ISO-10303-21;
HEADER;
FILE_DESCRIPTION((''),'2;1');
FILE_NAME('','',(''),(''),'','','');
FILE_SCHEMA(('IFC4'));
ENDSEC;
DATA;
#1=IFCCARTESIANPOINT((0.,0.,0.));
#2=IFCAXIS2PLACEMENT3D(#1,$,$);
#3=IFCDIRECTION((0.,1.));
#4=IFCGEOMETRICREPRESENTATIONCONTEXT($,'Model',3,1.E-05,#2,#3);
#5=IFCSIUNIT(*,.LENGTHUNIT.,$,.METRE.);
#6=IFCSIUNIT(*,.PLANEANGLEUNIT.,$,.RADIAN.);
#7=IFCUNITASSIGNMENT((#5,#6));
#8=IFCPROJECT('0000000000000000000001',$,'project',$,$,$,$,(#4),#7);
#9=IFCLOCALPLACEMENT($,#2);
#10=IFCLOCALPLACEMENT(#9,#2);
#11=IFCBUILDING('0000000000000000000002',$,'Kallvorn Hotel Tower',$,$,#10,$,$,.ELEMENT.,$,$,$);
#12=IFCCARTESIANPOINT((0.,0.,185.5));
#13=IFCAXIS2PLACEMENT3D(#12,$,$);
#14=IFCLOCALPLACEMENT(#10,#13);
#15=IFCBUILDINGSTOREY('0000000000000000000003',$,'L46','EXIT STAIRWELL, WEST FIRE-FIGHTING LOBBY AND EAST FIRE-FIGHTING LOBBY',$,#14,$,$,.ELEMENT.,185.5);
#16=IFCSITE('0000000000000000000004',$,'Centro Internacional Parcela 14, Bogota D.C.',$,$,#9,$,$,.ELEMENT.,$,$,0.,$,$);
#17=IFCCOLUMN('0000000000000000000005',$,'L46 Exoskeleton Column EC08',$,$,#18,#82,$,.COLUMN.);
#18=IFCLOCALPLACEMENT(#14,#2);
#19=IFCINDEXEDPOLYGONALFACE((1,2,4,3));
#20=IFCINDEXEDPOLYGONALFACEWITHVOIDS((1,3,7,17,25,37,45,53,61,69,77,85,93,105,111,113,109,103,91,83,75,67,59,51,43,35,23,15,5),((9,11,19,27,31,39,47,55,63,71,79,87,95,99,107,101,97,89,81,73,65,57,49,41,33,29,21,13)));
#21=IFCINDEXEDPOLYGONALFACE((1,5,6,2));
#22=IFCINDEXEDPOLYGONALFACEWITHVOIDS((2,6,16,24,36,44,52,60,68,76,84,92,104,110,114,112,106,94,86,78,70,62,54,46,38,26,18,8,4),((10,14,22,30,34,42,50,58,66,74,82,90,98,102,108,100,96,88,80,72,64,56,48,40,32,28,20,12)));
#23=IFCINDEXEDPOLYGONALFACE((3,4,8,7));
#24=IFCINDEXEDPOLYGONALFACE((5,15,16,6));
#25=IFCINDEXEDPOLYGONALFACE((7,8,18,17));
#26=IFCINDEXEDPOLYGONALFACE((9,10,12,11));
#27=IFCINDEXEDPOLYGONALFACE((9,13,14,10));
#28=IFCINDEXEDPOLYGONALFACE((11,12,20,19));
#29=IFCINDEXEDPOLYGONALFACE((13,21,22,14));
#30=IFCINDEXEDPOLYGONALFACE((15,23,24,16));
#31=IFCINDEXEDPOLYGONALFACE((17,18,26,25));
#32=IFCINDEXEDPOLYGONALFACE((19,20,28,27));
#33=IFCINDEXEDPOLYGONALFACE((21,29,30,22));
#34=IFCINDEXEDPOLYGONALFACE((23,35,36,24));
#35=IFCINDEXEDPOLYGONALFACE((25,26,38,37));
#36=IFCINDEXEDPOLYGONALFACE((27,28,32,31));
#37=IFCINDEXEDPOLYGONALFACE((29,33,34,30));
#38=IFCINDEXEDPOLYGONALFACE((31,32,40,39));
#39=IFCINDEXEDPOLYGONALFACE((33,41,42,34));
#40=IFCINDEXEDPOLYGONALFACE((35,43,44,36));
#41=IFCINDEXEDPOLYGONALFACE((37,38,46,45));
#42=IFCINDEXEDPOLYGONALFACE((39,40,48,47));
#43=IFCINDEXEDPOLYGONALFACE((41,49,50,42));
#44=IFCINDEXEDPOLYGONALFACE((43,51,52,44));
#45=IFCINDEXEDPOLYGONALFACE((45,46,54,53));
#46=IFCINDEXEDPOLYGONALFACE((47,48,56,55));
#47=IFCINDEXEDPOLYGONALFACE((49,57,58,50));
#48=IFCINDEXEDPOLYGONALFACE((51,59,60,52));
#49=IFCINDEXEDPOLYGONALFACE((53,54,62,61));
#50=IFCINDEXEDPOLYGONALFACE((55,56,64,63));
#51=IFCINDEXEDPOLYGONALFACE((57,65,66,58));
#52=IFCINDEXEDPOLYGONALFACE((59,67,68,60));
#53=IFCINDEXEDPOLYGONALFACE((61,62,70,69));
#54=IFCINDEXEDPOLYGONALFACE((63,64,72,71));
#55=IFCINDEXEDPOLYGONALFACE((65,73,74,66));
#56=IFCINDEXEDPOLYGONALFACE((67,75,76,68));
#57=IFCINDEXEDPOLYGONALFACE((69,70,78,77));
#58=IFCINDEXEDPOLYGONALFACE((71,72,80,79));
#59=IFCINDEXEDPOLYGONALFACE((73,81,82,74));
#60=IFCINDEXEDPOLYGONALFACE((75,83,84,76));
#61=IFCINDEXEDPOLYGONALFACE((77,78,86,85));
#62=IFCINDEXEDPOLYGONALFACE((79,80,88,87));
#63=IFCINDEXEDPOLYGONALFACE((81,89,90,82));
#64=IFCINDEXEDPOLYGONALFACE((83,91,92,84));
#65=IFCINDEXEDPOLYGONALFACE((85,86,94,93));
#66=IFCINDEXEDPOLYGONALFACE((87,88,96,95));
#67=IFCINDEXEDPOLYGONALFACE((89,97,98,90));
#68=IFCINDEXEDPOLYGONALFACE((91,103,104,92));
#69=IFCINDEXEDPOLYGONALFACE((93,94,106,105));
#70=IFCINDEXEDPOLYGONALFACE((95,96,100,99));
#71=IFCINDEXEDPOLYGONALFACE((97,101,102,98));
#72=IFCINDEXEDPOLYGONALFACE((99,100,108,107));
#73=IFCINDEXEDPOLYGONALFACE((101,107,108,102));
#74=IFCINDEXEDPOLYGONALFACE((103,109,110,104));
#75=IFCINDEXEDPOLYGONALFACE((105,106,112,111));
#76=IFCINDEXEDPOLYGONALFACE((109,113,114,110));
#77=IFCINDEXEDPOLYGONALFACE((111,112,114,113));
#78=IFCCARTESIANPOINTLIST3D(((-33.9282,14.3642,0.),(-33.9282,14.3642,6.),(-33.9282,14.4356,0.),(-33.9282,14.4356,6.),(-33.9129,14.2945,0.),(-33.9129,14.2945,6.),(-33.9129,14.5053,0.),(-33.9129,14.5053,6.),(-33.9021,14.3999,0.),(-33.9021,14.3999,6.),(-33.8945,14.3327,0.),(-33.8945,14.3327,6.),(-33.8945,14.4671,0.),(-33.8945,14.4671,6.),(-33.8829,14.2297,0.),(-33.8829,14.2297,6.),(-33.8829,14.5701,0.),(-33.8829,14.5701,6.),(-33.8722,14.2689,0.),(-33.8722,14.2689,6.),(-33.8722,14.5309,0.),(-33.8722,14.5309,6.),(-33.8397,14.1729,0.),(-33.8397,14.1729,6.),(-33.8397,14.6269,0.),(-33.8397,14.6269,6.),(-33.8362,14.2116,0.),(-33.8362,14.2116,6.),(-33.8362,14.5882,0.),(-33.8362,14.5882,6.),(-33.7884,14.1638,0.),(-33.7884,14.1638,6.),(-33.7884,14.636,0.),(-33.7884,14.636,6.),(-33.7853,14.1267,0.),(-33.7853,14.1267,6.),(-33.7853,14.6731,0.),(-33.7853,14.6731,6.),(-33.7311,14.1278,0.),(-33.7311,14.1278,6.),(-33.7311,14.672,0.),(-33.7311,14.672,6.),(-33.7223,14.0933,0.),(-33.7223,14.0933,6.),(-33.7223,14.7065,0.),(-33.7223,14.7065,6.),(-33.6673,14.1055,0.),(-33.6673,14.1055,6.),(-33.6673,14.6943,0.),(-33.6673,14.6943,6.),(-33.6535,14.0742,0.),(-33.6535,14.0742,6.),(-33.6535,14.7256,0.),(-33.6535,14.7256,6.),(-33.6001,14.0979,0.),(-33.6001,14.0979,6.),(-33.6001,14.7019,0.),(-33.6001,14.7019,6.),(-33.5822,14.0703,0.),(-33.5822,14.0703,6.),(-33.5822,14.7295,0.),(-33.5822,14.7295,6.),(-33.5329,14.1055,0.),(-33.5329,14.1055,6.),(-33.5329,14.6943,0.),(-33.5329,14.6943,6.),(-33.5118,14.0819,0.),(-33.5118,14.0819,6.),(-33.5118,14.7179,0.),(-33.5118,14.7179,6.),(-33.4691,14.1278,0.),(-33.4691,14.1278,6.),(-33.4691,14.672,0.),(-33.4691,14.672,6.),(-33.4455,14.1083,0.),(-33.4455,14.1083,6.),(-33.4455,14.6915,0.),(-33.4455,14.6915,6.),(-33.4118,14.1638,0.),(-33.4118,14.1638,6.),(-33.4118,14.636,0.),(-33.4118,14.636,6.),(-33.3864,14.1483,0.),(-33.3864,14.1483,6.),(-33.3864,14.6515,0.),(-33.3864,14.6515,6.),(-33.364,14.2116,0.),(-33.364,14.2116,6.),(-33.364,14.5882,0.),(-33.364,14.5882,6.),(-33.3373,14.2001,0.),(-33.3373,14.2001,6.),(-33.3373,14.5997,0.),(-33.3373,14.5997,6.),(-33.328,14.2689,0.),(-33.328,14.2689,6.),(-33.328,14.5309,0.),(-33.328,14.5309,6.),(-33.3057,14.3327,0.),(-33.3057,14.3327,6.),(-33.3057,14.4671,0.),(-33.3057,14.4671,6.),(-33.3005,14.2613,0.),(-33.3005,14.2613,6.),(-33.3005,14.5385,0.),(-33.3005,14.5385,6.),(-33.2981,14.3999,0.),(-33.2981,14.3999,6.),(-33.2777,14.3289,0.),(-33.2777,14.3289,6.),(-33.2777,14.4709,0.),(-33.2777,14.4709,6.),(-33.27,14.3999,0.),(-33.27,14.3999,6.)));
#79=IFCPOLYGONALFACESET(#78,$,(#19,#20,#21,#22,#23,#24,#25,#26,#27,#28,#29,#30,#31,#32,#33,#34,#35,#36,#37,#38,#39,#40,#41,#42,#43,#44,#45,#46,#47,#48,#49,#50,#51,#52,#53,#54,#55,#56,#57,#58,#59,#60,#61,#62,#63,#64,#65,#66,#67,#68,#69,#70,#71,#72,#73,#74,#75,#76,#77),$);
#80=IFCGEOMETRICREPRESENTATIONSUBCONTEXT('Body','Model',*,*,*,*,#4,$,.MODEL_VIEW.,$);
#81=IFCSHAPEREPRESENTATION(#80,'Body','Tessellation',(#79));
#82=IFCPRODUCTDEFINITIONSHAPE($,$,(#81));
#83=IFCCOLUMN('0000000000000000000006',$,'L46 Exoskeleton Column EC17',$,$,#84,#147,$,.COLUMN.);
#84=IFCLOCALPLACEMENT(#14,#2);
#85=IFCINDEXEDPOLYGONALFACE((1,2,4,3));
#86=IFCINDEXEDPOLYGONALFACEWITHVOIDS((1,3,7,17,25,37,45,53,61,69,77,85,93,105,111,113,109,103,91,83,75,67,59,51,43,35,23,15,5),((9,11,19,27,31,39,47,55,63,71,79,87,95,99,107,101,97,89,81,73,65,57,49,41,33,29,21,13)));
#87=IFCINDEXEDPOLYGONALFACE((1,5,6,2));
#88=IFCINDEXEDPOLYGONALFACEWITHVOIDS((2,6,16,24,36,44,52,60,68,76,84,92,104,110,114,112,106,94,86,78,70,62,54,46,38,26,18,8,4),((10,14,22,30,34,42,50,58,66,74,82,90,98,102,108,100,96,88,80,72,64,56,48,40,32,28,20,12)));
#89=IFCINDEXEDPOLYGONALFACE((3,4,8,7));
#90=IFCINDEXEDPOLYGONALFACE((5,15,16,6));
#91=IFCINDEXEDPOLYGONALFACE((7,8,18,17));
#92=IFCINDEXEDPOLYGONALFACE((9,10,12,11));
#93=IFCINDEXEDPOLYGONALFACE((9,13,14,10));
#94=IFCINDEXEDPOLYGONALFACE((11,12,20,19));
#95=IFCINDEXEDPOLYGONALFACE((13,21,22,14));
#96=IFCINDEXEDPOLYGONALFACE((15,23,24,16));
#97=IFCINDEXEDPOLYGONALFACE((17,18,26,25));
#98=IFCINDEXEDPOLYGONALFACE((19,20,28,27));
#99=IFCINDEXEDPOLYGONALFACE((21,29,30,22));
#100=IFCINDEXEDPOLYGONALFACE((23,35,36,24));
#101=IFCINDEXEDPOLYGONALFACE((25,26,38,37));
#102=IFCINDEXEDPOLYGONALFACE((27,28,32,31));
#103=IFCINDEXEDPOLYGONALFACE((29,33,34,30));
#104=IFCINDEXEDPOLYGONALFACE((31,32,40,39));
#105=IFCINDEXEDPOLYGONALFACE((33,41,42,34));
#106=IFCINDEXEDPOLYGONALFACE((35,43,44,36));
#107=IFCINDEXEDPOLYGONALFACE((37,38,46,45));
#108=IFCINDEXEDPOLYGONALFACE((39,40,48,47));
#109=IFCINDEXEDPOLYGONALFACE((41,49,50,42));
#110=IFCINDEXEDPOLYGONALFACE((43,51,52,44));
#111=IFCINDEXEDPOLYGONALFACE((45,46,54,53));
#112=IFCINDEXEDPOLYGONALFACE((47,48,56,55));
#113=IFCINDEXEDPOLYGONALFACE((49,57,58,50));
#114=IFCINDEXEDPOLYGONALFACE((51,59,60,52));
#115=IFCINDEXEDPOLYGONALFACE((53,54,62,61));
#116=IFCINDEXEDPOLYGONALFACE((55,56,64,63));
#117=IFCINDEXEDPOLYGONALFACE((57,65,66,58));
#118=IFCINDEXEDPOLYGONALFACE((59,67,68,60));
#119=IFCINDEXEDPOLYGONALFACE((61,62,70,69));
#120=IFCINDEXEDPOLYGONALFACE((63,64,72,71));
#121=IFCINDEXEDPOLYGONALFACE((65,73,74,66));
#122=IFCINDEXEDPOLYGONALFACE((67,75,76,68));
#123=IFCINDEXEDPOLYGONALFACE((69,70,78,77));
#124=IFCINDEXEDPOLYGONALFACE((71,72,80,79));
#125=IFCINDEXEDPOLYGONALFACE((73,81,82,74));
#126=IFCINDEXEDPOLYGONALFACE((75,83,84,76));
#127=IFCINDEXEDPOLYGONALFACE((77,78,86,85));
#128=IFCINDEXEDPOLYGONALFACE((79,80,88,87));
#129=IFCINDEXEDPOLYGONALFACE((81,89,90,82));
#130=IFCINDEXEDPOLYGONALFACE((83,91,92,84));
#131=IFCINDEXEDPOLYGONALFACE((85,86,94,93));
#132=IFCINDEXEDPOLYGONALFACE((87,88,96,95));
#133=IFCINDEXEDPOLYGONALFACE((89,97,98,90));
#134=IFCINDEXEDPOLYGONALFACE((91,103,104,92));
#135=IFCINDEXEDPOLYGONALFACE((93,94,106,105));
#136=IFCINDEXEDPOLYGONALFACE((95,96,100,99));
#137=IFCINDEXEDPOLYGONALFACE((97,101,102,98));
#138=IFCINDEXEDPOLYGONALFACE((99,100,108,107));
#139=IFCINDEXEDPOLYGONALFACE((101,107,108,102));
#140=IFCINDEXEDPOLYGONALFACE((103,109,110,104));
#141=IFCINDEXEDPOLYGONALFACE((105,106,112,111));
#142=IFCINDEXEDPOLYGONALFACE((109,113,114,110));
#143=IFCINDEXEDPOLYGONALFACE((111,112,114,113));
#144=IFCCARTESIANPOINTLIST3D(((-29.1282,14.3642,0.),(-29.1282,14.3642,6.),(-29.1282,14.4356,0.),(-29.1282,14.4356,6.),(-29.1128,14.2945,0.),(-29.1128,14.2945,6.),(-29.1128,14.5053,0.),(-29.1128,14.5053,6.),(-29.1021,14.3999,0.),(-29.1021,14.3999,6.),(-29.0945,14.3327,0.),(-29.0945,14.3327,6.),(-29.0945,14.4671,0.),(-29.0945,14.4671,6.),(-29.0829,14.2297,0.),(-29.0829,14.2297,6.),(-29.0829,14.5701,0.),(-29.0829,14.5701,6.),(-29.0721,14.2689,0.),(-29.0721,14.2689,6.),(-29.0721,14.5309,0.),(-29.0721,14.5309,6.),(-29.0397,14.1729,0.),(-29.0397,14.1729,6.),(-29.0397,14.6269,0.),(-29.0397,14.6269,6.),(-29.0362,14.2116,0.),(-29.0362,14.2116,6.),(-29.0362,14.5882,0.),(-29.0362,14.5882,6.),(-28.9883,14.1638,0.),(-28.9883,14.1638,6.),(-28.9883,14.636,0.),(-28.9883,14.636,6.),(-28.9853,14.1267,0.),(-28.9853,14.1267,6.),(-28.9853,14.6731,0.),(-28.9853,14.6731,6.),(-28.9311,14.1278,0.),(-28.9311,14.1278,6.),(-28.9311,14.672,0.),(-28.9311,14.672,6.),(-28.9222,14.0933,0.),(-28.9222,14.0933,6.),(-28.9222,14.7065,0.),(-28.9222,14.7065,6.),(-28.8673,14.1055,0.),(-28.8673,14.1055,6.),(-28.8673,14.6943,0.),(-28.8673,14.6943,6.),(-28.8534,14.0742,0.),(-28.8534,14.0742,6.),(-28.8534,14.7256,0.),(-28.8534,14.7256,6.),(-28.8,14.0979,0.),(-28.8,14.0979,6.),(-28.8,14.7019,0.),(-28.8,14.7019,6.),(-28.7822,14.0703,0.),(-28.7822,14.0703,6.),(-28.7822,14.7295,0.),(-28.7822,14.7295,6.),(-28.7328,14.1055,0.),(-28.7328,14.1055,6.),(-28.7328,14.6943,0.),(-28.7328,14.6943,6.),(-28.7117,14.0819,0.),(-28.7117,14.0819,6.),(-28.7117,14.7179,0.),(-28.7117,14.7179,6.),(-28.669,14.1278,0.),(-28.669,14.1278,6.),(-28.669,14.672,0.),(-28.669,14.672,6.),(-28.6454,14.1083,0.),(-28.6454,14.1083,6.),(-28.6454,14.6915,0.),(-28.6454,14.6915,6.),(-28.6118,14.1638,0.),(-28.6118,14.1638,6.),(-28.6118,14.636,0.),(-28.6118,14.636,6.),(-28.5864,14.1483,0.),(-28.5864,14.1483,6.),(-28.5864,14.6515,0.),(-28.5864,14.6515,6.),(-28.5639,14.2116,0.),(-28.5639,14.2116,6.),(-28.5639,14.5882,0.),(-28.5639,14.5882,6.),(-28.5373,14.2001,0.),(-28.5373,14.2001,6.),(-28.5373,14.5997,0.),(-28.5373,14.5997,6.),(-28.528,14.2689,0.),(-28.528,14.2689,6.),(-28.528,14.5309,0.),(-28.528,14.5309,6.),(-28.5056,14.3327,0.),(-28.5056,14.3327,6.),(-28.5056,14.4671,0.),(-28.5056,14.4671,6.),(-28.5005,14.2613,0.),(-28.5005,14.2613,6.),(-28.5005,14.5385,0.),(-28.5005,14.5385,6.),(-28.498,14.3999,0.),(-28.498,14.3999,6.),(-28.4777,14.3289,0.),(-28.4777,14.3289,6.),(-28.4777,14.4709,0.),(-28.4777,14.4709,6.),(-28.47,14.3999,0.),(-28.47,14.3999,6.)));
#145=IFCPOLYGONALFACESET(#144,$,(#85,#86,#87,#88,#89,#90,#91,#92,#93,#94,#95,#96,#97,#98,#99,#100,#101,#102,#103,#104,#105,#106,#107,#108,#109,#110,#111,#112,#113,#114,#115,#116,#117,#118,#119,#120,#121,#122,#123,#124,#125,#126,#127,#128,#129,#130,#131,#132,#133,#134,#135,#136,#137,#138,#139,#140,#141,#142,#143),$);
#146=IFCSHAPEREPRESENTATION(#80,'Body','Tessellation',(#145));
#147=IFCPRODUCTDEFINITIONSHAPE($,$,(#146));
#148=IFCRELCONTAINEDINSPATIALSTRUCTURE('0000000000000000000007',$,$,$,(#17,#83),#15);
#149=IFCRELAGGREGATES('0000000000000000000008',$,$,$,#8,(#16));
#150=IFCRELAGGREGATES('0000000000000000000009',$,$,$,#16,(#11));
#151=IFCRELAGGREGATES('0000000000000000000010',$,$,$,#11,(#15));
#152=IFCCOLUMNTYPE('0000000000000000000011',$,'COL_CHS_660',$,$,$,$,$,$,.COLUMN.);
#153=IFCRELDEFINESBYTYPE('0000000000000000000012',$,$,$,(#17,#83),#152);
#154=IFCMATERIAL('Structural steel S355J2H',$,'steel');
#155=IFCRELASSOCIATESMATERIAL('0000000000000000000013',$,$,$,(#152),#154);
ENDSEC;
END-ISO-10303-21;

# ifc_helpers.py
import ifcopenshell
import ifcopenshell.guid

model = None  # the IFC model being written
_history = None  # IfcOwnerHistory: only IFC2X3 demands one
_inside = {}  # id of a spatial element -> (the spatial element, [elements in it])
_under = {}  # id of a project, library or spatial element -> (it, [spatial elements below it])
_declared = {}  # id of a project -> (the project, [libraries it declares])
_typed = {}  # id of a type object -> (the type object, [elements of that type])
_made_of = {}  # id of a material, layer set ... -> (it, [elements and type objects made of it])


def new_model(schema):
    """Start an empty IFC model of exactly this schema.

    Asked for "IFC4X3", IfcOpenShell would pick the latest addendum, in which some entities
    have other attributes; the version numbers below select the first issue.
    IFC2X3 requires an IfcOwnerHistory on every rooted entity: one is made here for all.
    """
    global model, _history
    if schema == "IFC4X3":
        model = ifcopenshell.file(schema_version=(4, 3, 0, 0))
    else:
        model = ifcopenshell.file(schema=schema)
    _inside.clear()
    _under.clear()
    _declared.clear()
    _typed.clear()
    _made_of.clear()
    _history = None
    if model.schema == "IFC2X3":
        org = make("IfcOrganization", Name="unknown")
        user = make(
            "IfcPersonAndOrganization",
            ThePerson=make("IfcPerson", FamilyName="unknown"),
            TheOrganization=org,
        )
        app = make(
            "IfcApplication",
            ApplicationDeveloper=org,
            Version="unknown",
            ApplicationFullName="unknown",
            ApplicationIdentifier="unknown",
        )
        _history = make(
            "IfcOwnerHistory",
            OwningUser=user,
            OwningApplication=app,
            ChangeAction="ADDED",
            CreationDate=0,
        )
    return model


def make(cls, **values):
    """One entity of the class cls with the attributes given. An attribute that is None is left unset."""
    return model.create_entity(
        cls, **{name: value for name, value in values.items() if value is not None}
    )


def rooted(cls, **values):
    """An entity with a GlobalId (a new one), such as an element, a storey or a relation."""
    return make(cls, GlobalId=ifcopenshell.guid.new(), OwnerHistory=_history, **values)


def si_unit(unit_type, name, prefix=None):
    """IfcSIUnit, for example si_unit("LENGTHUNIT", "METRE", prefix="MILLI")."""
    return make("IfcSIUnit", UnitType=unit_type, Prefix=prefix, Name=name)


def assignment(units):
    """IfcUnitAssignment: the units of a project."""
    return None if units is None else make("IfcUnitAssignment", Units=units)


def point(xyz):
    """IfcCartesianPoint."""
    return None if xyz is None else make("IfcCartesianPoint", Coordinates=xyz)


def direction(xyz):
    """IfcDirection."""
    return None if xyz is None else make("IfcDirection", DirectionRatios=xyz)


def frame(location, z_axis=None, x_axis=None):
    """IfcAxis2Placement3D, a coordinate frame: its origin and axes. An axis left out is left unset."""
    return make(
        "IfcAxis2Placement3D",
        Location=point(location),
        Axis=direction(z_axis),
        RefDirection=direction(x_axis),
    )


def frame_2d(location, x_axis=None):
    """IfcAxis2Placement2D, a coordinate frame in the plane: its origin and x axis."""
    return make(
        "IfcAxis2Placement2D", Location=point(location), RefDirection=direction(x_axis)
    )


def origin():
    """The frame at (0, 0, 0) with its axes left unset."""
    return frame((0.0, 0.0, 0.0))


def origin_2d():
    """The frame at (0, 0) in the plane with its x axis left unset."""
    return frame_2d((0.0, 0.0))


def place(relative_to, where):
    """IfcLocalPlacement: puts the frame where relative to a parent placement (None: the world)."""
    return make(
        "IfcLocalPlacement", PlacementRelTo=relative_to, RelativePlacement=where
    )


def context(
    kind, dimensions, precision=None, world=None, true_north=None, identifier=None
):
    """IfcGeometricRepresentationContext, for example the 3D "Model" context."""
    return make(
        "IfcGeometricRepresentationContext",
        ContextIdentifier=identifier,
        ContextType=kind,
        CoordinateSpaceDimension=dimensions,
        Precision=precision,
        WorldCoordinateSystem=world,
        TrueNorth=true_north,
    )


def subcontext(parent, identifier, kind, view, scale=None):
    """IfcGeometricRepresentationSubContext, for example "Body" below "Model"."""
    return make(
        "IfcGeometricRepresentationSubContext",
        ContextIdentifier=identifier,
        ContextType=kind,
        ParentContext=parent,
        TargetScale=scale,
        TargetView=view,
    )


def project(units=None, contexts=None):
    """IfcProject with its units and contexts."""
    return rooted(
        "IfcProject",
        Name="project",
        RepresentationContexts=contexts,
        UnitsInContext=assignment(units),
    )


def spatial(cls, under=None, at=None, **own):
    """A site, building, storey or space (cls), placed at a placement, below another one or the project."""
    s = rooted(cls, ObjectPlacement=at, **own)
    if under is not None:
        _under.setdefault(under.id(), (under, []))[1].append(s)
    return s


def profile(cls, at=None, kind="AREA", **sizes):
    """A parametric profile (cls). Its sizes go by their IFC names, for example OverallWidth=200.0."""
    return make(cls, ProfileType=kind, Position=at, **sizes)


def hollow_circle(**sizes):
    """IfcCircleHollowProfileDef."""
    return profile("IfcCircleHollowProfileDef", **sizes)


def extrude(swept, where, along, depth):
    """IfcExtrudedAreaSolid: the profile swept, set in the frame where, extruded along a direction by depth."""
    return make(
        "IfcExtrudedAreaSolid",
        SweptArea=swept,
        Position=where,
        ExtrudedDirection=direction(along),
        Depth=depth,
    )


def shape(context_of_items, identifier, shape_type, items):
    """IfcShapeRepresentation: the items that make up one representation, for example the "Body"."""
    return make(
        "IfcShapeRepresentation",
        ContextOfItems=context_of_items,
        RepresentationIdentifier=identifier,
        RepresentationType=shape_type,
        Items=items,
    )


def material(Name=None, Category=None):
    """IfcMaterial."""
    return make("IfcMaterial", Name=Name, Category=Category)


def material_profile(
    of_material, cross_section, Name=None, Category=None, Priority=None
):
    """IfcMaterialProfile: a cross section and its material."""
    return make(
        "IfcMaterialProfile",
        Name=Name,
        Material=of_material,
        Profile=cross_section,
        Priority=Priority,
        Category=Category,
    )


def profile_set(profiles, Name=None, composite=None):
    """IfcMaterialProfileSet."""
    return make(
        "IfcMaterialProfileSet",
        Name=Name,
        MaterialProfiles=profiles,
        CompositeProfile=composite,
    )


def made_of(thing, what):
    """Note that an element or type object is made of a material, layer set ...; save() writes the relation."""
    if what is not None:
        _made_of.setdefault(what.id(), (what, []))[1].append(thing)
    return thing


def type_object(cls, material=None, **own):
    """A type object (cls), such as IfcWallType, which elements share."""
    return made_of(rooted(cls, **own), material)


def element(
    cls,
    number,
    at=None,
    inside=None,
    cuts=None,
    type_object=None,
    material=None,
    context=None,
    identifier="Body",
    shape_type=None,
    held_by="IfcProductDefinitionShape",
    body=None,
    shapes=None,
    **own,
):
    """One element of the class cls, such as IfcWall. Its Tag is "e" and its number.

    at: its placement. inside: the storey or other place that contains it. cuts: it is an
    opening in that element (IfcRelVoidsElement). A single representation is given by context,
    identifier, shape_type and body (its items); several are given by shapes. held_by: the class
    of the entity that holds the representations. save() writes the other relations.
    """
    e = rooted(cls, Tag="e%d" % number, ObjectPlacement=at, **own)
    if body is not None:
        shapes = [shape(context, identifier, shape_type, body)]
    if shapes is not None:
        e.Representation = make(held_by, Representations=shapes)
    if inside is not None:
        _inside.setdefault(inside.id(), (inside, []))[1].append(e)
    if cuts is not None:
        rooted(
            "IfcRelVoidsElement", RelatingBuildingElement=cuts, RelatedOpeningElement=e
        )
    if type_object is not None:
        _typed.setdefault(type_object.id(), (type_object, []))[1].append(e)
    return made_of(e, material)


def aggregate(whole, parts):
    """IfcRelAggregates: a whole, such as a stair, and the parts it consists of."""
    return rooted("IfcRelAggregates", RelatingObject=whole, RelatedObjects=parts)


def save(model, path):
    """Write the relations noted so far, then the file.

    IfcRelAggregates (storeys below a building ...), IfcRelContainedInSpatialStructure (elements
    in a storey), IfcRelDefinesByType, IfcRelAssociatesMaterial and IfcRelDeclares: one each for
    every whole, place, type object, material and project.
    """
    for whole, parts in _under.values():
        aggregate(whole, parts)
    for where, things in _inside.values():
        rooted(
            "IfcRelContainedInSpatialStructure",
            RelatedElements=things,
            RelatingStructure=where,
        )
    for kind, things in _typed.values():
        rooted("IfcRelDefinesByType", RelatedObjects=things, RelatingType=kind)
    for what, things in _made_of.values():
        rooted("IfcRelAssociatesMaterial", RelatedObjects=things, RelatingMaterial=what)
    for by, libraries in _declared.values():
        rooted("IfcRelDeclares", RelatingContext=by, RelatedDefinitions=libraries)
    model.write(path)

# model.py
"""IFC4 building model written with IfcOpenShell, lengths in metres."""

from ifc_helpers import new_model, si_unit, direction, frame, origin, origin_2d, place, context, subcontext, project, spatial, hollow_circle, extrude, material, material_profile, profile_set, type_object, element, save


model = new_model("IFC4")

# Units and contexts
model_context = context("Model", 3, precision=1e-05, world=origin(), true_north=direction((0.0, 1.0)))
body_context = subcontext(model_context, "Body", "Model", "MODEL_VIEW")
ifc_project = project(units=[si_unit("LENGTHUNIT", "METRE"), si_unit("PLANEANGLEUNIT", "RADIAN")], contexts=[model_context])

# Site, building, storey
site_placement = place(None, origin())
site = spatial("IfcSite", under=ifc_project, at=site_placement, Name="Centro Internacional Parcela 14, Bogota D.C.", CompositionType="ELEMENT", RefElevation=0.0)
building_placement = place(site_placement, origin())
building = spatial("IfcBuilding", under=site, at=building_placement, Name="Kallvorn Hotel Tower", CompositionType="ELEMENT")
storey_placement = place(building_placement, frame((0.0, 0.0, 185.5)))
storey = spatial("IfcBuildingStorey", under=building, at=storey_placement, Name="L46", Description="EXIT STAIRWELL, WEST FIRE-FIGHTING LOBBY AND EAST FIRE-FIGHTING LOBBY", CompositionType="ELEMENT", Elevation=185.5)

# Columns
ifc_material_1 = material(Name="Structural steel S355J2H", Category="steel")
ifc_material_profile_1 = material_profile(ifc_material_1, hollow_circle(Radius=0.3301, WallThickness=0.0281, at=origin_2d()), Name="CHS 660x28")
ifc_profile_set_1 = profile_set([ifc_material_profile_1], Name="Structural steel S355J2H")
column_type_1 = type_object("IfcColumnType", Name="COL_CHS_660", PredefinedType="COLUMN", material=ifc_profile_set_1)
for number, where, z_axis, x_axis, name in (
    (1, (-33.6001, 14.3999, 0.0), (0.0, 0.0, 1.0), (1.0, 0.0, 0.0), "L46 Exoskeleton Column EC08"),
    (2, (-28.8, 14.3999, 0.0), (0.0, 0.0, 1.0), (1.0, 0.0, 0.0), "L46 Exoskeleton Column EC17"),
):
    element("IfcColumn", number, at=place(storey_placement, frame(where, z_axis=z_axis, x_axis=x_axis)), inside=storey, type_object=column_type_1, Name=name, PredefinedType="COLUMN", context=body_context, shape_type="SweptSolid", body=[
        extrude(hollow_circle(Radius=0.3301, WallThickness=0.0281, at=origin_2d()), origin(), (0.0, 0.0, 1.0), 6.0),
    ])

save(model, "model.ifc")
